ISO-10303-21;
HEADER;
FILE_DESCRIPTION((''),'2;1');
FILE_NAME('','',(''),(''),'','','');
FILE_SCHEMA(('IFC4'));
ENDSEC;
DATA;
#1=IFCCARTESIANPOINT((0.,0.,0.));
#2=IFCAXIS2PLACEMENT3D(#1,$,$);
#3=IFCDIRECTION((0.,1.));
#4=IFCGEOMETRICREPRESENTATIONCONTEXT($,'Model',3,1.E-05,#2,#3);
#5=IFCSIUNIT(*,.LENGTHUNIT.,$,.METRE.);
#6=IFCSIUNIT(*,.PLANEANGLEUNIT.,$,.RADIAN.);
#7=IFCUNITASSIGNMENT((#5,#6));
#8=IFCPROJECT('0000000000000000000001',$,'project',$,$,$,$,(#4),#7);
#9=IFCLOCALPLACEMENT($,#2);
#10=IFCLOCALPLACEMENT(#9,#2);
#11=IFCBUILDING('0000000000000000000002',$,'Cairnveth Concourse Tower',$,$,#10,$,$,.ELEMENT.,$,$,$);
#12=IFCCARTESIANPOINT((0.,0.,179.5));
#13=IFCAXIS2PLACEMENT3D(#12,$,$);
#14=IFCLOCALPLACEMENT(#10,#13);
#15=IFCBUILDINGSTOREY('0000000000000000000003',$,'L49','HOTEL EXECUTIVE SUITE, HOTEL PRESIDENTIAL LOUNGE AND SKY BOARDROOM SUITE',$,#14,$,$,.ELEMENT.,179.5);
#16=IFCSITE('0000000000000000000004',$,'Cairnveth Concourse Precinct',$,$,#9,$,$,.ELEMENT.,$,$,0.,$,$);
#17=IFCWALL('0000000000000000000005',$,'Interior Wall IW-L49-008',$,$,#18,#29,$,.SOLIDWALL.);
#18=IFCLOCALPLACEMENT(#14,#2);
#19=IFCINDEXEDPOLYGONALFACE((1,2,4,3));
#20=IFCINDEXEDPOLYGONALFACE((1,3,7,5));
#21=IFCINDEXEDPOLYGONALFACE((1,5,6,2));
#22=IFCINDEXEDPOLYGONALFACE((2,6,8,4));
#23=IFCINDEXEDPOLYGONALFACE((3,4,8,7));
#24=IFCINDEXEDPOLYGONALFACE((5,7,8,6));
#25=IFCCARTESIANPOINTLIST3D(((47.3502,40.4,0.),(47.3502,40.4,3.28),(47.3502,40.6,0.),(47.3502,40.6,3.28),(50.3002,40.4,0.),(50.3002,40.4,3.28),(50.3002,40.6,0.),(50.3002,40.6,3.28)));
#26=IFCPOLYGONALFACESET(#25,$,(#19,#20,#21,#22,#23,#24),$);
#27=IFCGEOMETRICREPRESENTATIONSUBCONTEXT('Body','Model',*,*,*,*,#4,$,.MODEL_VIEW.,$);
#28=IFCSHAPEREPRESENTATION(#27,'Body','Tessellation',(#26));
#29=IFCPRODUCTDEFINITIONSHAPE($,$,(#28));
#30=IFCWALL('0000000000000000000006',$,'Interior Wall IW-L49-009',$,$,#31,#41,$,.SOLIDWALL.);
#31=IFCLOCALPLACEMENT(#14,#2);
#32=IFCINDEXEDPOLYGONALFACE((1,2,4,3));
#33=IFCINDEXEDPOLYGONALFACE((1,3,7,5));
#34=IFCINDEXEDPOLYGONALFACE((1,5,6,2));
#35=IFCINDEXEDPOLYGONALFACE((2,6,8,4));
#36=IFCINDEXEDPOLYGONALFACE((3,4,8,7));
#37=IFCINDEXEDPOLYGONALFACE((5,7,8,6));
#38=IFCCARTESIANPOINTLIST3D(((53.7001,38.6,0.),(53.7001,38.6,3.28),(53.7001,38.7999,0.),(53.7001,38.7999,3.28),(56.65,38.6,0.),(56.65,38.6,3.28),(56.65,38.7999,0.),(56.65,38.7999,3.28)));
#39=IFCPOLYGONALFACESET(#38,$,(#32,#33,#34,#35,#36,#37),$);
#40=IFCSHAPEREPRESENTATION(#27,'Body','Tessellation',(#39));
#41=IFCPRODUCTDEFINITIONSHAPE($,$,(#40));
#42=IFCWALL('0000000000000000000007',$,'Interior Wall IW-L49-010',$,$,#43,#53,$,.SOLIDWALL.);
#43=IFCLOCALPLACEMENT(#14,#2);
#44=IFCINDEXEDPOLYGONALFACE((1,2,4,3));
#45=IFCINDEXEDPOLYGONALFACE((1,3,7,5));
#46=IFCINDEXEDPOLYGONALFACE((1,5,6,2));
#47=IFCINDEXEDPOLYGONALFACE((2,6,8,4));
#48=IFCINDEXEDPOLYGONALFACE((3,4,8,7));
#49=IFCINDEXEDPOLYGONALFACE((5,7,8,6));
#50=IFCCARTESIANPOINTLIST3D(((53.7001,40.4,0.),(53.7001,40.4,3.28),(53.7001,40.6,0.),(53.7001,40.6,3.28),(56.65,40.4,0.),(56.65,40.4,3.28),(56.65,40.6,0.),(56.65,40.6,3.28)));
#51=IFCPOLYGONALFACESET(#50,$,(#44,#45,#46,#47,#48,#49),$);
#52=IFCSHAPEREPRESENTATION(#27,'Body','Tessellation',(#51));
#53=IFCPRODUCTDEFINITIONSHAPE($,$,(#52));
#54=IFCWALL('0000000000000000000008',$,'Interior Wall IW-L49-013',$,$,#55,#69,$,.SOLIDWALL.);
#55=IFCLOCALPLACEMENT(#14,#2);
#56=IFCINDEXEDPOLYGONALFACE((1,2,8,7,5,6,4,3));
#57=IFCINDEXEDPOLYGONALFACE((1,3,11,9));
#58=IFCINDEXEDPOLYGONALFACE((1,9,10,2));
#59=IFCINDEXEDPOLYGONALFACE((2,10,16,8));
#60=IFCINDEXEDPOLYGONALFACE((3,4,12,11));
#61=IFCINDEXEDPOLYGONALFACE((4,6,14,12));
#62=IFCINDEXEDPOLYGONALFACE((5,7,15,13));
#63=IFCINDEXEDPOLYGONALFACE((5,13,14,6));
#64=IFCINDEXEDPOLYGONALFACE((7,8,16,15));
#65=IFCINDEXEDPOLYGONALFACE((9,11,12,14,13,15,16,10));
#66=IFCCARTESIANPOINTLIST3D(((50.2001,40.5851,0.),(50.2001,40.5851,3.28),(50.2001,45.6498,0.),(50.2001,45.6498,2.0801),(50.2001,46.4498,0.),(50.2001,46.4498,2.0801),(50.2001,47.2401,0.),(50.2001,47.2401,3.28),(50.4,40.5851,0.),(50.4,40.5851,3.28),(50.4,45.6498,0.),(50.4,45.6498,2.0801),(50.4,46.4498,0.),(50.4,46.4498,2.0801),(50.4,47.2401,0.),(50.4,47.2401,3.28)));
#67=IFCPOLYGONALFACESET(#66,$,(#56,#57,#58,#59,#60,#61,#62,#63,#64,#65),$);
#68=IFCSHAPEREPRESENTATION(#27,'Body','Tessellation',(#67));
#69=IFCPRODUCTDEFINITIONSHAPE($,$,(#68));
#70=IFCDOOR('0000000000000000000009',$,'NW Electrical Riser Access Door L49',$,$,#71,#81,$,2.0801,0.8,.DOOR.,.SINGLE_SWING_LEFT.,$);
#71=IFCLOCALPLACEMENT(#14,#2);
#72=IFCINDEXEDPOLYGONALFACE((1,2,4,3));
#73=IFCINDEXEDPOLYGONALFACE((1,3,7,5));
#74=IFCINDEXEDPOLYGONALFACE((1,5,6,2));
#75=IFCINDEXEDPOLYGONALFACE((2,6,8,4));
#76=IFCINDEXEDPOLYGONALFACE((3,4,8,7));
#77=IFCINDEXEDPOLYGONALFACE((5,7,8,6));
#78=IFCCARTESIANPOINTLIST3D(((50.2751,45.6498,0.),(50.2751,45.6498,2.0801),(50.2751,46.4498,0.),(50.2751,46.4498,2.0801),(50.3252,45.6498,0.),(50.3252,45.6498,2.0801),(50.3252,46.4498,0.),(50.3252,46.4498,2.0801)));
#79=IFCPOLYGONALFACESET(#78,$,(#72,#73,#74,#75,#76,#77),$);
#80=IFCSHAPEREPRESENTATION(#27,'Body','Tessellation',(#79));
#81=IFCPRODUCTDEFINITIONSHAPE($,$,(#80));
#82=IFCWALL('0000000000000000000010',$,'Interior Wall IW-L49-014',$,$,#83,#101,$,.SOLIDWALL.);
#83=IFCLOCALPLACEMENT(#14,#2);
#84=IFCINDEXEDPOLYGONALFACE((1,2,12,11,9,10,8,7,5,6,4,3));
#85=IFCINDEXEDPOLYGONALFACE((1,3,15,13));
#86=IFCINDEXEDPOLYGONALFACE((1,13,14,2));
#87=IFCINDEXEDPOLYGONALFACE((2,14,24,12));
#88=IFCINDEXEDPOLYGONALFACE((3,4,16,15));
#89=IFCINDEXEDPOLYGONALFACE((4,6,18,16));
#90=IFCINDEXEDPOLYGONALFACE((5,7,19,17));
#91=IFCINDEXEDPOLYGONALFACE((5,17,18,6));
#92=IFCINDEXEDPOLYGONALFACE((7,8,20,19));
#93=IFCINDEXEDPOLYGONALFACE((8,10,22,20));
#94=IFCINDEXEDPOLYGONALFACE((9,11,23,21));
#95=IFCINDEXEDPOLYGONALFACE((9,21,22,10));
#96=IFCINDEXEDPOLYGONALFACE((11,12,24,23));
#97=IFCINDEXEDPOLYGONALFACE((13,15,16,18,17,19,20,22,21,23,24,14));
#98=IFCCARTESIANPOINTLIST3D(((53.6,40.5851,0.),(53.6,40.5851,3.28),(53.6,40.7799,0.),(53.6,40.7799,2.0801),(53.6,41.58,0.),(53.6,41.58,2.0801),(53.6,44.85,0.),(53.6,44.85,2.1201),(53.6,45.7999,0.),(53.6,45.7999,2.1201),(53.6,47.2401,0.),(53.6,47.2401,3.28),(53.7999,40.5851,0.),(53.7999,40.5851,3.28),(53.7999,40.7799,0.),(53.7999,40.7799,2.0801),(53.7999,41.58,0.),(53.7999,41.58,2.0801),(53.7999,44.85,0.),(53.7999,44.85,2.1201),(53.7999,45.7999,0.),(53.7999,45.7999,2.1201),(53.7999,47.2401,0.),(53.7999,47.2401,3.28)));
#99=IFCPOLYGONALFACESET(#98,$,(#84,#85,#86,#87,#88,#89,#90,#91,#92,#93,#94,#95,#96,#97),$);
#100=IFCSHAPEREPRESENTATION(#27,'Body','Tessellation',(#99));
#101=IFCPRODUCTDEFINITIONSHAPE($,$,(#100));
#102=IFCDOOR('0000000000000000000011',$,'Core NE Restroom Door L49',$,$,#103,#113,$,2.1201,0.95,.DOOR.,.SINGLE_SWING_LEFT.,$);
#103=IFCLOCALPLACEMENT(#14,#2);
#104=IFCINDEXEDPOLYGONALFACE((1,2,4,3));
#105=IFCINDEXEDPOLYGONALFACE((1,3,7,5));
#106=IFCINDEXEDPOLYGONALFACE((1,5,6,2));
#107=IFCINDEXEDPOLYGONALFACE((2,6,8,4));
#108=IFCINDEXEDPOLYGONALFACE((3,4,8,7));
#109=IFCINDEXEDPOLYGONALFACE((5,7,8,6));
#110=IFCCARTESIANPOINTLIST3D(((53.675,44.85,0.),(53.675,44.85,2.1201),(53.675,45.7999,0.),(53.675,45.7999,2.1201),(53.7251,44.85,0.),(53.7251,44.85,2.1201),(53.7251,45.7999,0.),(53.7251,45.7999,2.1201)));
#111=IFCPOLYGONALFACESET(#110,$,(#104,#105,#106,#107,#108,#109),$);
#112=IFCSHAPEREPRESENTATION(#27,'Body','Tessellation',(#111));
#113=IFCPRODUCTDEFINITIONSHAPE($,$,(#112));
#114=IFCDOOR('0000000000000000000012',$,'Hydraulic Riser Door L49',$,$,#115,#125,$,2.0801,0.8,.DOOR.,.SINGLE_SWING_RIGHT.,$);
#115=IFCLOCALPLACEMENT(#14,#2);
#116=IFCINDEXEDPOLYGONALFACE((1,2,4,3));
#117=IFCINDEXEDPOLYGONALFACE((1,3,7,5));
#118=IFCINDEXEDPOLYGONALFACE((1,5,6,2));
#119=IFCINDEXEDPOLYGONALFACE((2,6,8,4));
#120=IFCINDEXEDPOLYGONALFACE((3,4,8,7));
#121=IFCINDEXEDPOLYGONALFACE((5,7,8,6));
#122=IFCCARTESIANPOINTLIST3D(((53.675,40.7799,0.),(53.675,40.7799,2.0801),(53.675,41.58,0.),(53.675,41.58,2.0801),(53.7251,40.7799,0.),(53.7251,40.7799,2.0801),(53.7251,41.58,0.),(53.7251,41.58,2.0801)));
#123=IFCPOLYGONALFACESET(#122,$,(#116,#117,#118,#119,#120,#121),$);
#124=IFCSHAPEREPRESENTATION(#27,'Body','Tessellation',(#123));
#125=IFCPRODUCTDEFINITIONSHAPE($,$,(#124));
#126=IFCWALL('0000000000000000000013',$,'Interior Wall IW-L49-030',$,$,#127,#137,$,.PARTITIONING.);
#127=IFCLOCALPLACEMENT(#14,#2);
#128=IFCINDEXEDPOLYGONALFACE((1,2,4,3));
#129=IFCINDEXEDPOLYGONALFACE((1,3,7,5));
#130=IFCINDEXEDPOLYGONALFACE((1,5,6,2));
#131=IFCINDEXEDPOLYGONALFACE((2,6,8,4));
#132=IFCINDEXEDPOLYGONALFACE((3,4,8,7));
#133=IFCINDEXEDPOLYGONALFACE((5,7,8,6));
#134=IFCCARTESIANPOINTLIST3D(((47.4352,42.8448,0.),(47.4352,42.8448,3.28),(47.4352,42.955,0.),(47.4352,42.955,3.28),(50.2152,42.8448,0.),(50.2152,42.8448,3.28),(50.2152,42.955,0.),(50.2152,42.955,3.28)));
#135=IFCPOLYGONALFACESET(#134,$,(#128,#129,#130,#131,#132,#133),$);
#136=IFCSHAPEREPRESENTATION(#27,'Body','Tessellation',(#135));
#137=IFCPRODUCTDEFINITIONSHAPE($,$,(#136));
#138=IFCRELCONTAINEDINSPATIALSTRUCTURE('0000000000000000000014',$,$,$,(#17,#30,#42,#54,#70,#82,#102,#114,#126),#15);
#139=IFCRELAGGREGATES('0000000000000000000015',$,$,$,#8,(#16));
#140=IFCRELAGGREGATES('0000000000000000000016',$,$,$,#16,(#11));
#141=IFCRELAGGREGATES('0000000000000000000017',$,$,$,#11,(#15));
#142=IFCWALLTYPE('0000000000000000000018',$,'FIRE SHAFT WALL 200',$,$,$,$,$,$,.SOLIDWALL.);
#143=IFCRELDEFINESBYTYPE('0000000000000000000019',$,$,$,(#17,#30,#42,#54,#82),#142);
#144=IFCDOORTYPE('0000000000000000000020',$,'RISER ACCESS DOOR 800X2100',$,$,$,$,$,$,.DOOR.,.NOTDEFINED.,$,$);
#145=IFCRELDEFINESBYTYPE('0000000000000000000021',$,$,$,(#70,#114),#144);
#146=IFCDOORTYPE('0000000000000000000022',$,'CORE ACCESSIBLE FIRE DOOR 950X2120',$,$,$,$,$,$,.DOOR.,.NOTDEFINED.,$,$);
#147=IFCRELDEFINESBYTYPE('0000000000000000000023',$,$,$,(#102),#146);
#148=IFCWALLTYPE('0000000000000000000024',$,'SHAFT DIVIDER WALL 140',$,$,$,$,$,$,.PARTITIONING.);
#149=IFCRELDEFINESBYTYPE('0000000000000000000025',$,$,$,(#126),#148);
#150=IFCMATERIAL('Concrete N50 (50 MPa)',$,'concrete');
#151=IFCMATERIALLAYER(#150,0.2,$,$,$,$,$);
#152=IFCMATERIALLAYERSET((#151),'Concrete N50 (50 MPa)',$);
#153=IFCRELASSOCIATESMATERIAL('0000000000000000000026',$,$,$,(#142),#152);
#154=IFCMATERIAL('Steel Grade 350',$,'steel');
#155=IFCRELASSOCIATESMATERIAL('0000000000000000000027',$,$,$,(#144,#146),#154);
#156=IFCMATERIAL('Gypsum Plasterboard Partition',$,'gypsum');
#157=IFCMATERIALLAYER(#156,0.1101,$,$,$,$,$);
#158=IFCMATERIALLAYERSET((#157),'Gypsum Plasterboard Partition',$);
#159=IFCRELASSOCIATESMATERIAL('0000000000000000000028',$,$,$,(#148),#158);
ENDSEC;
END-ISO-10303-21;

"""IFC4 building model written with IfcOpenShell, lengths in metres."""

from ifc_helpers import new_model, si_unit, direction, frame, frame_2d, origin, place, context, subcontext, project, spatial, rectangle, extrude, material, layer, layer_set, type_object, element, fill, save


model = new_model("IFC4")

# Units and contexts
model_context = context("Model", 3, precision=1e-05, world=origin(), true_north=direction((0.0, 1.0)))
body_context = subcontext(model_context, "Body", "Model", "MODEL_VIEW")
ifc_project = project(units=[si_unit("LENGTHUNIT", "METRE"), si_unit("PLANEANGLEUNIT", "RADIAN")], contexts=[model_context])

# Site, building, storey
site_placement = place(None, origin())
site = spatial("IfcSite", under=ifc_project, at=site_placement, Name="Cairnveth Concourse Precinct", CompositionType="ELEMENT", RefElevation=0.0)
building_placement = place(site_placement, origin())
building = spatial("IfcBuilding", under=site, at=building_placement, Name="Cairnveth Concourse Tower", CompositionType="ELEMENT")
storey_placement = place(building_placement, frame((0.0, 0.0, 179.5)))
storey = spatial("IfcBuildingStorey", under=building, at=storey_placement, Name="L49", Description="HOTEL EXECUTIVE SUITE, HOTEL PRESIDENTIAL LOUNGE AND SKY BOARDROOM SUITE", CompositionType="ELEMENT", Elevation=179.5)

# Shared definitions
ifc_material_1 = material(Name="Steel Grade 350", Category="steel")

# Walls
ifc_material_2 = material(Name="Concrete N50 (50 MPa)", Category="concrete")
ifc_layer_1 = layer(ifc_material_2, 0.2)
ifc_layer_set_1 = layer_set([ifc_layer_1], Name="Concrete N50 (50 MPa)")
wall_type_1 = type_object("IfcWallType", Name="FIRE SHAFT WALL 200", PredefinedType="SOLIDWALL", material=ifc_layer_set_1)
for number, where, z_axis, x_axis, name in (
    (1, (47.3501, 40.5, 0.0), (0.0, 0.0, 1.0), (1.0, 0.0, 0.0), "Interior Wall IW-L49-008"),
    (2, (53.7, 38.7, 0.0), (0.0, 0.0, 1.0), (1.0, 0.0, 0.0), "Interior Wall IW-L49-009"),
    (3, (53.7, 40.5, 0.0), (0.0, 0.0, 1.0), (1.0, 0.0, 0.0), "Interior Wall IW-L49-010"),
):
    element("IfcWall", number, at=place(storey_placement, frame(where, z_axis=z_axis, x_axis=x_axis)), inside=storey, type_object=wall_type_1, Name=name, PredefinedType="SOLIDWALL", context=body_context, shape_type="SweptSolid", body=[
        extrude(rectangle(XDim=2.95, YDim=0.2, at=frame_2d((1.4751, 0.0))), origin(), (0.0, 0.0, 1.0), 3.28),
    ])

# Wall, opening, door
wall_1_placement = place(storey_placement, frame((50.3, 40.585, 0.0), z_axis=(0.0, 0.0, 1.0), x_axis=(0.0, 1.0, 0.0)))
wall_1 = element("IfcWall", 4, at=wall_1_placement, inside=storey, type_object=wall_type_1, Name="Interior Wall IW-L49-013", PredefinedType="SOLIDWALL", context=body_context, shape_type="SweptSolid", body=[
    extrude(rectangle(XDim=6.655, YDim=0.2, at=frame_2d((3.3276, 0.0))), origin(), (0.0, 0.0, 1.0), 3.28),
])
opening_1_placement = place(wall_1_placement, frame((5.0649, 0.0, 0.0)))
opening_1 = element("IfcOpeningElement", 5, at=opening_1_placement, cuts=wall_1, PredefinedType="OPENING", context=body_context, shape_type="SweptSolid", body=[
    extrude(rectangle(XDim=0.8, YDim=2.0801, at=frame_2d((0.3999, 1.04))), frame((0.0, 0.1099, 0.0), z_axis=(0.0, -1.0, 0.0), x_axis=(1.0, 0.0, 0.0)), (0.0, 0.0, 1.0), 0.22),
])
door_type_1 = type_object("IfcDoorType", Name="RISER ACCESS DOOR 800X2100", OperationType="NOTDEFINED", PredefinedType="DOOR", material=ifc_material_1)
door_1_placement = place(opening_1_placement, origin())
door_1 = element("IfcDoor", 6, at=door_1_placement, inside=storey, type_object=door_type_1, Name="NW Electrical Riser Access Door L49", OperationType="SINGLE_SWING_LEFT", OverallHeight=2.0801, OverallWidth=0.8, PredefinedType="DOOR", context=body_context, shape_type="SweptSolid", body=[
    extrude(rectangle(XDim=0.8, YDim=2.0801, at=frame_2d((0.3999, 1.04))), frame((0.0, 0.0249, 0.0), z_axis=(0.0, -1.0, 0.0), x_axis=(1.0, 0.0, 0.0)), (0.0, 0.0, 1.0), 0.05),
])
fill(opening_1, door_1)

# Wall, openings, doors
wall_2_placement = place(storey_placement, frame((53.7, 40.585, 0.0), z_axis=(0.0, 0.0, 1.0), x_axis=(0.0, 1.0, 0.0)))
wall_2 = element("IfcWall", 7, at=wall_2_placement, inside=storey, type_object=wall_type_1, Name="Interior Wall IW-L49-014", PredefinedType="SOLIDWALL", context=body_context, shape_type="SweptSolid", body=[
    extrude(rectangle(XDim=6.655, YDim=0.2, at=frame_2d((3.3276, 0.0))), origin(), (0.0, 0.0, 1.0), 3.28),
])
opening_2_placement = place(wall_2_placement, frame((0.1951, 0.0, 0.0)))
opening_2 = element("IfcOpeningElement", 8, at=opening_2_placement, cuts=wall_2, PredefinedType="OPENING", context=body_context, shape_type="SweptSolid", body=[
    extrude(rectangle(XDim=0.8, YDim=2.0801, at=frame_2d((0.3999, 1.04))), frame((0.0, 0.1099, 0.0), z_axis=(0.0, -1.0, 0.0), x_axis=(1.0, 0.0, 0.0)), (0.0, 0.0, 1.0), 0.22),
])
opening_3_placement = place(wall_2_placement, frame((4.2649, 0.0, 0.0)))
opening_3 = element("IfcOpeningElement", 9, at=opening_3_placement, cuts=wall_2, PredefinedType="OPENING", context=body_context, shape_type="SweptSolid", body=[
    extrude(rectangle(XDim=0.95, YDim=2.1201, at=frame_2d((0.4751, 1.0601))), frame((0.0, 0.1099, 0.0), z_axis=(0.0, -1.0, 0.0), x_axis=(1.0, 0.0, 0.0)), (0.0, 0.0, 1.0), 0.22),
])
door_type_2 = type_object("IfcDoorType", Name="CORE ACCESSIBLE FIRE DOOR 950X2120", OperationType="NOTDEFINED", PredefinedType="DOOR", material=ifc_material_1)
door_2_placement = place(opening_3_placement, origin())
door_2 = element("IfcDoor", 10, at=door_2_placement, inside=storey, type_object=door_type_2, Name="Core NE Restroom Door L49", OperationType="SINGLE_SWING_LEFT", OverallHeight=2.1201, OverallWidth=0.95, PredefinedType="DOOR", context=body_context, shape_type="SweptSolid", body=[
    extrude(rectangle(XDim=0.95, YDim=2.1201, at=frame_2d((0.4751, 1.0601))), frame((0.0, 0.0249, 0.0), z_axis=(0.0, -1.0, 0.0), x_axis=(1.0, 0.0, 0.0)), (0.0, 0.0, 1.0), 0.05),
])
fill(opening_3, door_2)
door_3_placement = place(opening_2_placement, origin())
door_3 = element("IfcDoor", 11, at=door_3_placement, inside=storey, type_object=door_type_1, Name="Hydraulic Riser Door L49", OperationType="SINGLE_SWING_RIGHT", OverallHeight=2.0801, OverallWidth=0.8, PredefinedType="DOOR", context=body_context, shape_type="SweptSolid", body=[
    extrude(rectangle(XDim=0.8, YDim=2.0801, at=frame_2d((0.3999, 1.04))), frame((0.0, 0.0249, 0.0), z_axis=(0.0, -1.0, 0.0), x_axis=(1.0, 0.0, 0.0)), (0.0, 0.0, 1.0), 0.05),
])
fill(opening_2, door_3)

# Wall
ifc_material_3 = material(Name="Gypsum Plasterboard Partition", Category="gypsum")
ifc_layer_2 = layer(ifc_material_3, 0.1101)
ifc_layer_set_2 = layer_set([ifc_layer_2], Name="Gypsum Plasterboard Partition")
wall_type_2 = type_object("IfcWallType", Name="SHAFT DIVIDER WALL 140", PredefinedType="PARTITIONING", material=ifc_layer_set_2)
wall_3_placement = place(storey_placement, frame((47.4351, 42.8999, 0.0), z_axis=(0.0, 0.0, 1.0), x_axis=(1.0, 0.0, 0.0)))
element("IfcWall", 12, at=wall_3_placement, inside=storey, type_object=wall_type_2, Name="Interior Wall IW-L49-030", PredefinedType="PARTITIONING", context=body_context, shape_type="SweptSolid", body=[
    extrude(rectangle(XDim=2.78, YDim=0.1101, at=frame_2d((1.3901, 0.0))), origin(), (0.0, 0.0, 1.0), 3.28),
])

save(model, "model.ifc")
